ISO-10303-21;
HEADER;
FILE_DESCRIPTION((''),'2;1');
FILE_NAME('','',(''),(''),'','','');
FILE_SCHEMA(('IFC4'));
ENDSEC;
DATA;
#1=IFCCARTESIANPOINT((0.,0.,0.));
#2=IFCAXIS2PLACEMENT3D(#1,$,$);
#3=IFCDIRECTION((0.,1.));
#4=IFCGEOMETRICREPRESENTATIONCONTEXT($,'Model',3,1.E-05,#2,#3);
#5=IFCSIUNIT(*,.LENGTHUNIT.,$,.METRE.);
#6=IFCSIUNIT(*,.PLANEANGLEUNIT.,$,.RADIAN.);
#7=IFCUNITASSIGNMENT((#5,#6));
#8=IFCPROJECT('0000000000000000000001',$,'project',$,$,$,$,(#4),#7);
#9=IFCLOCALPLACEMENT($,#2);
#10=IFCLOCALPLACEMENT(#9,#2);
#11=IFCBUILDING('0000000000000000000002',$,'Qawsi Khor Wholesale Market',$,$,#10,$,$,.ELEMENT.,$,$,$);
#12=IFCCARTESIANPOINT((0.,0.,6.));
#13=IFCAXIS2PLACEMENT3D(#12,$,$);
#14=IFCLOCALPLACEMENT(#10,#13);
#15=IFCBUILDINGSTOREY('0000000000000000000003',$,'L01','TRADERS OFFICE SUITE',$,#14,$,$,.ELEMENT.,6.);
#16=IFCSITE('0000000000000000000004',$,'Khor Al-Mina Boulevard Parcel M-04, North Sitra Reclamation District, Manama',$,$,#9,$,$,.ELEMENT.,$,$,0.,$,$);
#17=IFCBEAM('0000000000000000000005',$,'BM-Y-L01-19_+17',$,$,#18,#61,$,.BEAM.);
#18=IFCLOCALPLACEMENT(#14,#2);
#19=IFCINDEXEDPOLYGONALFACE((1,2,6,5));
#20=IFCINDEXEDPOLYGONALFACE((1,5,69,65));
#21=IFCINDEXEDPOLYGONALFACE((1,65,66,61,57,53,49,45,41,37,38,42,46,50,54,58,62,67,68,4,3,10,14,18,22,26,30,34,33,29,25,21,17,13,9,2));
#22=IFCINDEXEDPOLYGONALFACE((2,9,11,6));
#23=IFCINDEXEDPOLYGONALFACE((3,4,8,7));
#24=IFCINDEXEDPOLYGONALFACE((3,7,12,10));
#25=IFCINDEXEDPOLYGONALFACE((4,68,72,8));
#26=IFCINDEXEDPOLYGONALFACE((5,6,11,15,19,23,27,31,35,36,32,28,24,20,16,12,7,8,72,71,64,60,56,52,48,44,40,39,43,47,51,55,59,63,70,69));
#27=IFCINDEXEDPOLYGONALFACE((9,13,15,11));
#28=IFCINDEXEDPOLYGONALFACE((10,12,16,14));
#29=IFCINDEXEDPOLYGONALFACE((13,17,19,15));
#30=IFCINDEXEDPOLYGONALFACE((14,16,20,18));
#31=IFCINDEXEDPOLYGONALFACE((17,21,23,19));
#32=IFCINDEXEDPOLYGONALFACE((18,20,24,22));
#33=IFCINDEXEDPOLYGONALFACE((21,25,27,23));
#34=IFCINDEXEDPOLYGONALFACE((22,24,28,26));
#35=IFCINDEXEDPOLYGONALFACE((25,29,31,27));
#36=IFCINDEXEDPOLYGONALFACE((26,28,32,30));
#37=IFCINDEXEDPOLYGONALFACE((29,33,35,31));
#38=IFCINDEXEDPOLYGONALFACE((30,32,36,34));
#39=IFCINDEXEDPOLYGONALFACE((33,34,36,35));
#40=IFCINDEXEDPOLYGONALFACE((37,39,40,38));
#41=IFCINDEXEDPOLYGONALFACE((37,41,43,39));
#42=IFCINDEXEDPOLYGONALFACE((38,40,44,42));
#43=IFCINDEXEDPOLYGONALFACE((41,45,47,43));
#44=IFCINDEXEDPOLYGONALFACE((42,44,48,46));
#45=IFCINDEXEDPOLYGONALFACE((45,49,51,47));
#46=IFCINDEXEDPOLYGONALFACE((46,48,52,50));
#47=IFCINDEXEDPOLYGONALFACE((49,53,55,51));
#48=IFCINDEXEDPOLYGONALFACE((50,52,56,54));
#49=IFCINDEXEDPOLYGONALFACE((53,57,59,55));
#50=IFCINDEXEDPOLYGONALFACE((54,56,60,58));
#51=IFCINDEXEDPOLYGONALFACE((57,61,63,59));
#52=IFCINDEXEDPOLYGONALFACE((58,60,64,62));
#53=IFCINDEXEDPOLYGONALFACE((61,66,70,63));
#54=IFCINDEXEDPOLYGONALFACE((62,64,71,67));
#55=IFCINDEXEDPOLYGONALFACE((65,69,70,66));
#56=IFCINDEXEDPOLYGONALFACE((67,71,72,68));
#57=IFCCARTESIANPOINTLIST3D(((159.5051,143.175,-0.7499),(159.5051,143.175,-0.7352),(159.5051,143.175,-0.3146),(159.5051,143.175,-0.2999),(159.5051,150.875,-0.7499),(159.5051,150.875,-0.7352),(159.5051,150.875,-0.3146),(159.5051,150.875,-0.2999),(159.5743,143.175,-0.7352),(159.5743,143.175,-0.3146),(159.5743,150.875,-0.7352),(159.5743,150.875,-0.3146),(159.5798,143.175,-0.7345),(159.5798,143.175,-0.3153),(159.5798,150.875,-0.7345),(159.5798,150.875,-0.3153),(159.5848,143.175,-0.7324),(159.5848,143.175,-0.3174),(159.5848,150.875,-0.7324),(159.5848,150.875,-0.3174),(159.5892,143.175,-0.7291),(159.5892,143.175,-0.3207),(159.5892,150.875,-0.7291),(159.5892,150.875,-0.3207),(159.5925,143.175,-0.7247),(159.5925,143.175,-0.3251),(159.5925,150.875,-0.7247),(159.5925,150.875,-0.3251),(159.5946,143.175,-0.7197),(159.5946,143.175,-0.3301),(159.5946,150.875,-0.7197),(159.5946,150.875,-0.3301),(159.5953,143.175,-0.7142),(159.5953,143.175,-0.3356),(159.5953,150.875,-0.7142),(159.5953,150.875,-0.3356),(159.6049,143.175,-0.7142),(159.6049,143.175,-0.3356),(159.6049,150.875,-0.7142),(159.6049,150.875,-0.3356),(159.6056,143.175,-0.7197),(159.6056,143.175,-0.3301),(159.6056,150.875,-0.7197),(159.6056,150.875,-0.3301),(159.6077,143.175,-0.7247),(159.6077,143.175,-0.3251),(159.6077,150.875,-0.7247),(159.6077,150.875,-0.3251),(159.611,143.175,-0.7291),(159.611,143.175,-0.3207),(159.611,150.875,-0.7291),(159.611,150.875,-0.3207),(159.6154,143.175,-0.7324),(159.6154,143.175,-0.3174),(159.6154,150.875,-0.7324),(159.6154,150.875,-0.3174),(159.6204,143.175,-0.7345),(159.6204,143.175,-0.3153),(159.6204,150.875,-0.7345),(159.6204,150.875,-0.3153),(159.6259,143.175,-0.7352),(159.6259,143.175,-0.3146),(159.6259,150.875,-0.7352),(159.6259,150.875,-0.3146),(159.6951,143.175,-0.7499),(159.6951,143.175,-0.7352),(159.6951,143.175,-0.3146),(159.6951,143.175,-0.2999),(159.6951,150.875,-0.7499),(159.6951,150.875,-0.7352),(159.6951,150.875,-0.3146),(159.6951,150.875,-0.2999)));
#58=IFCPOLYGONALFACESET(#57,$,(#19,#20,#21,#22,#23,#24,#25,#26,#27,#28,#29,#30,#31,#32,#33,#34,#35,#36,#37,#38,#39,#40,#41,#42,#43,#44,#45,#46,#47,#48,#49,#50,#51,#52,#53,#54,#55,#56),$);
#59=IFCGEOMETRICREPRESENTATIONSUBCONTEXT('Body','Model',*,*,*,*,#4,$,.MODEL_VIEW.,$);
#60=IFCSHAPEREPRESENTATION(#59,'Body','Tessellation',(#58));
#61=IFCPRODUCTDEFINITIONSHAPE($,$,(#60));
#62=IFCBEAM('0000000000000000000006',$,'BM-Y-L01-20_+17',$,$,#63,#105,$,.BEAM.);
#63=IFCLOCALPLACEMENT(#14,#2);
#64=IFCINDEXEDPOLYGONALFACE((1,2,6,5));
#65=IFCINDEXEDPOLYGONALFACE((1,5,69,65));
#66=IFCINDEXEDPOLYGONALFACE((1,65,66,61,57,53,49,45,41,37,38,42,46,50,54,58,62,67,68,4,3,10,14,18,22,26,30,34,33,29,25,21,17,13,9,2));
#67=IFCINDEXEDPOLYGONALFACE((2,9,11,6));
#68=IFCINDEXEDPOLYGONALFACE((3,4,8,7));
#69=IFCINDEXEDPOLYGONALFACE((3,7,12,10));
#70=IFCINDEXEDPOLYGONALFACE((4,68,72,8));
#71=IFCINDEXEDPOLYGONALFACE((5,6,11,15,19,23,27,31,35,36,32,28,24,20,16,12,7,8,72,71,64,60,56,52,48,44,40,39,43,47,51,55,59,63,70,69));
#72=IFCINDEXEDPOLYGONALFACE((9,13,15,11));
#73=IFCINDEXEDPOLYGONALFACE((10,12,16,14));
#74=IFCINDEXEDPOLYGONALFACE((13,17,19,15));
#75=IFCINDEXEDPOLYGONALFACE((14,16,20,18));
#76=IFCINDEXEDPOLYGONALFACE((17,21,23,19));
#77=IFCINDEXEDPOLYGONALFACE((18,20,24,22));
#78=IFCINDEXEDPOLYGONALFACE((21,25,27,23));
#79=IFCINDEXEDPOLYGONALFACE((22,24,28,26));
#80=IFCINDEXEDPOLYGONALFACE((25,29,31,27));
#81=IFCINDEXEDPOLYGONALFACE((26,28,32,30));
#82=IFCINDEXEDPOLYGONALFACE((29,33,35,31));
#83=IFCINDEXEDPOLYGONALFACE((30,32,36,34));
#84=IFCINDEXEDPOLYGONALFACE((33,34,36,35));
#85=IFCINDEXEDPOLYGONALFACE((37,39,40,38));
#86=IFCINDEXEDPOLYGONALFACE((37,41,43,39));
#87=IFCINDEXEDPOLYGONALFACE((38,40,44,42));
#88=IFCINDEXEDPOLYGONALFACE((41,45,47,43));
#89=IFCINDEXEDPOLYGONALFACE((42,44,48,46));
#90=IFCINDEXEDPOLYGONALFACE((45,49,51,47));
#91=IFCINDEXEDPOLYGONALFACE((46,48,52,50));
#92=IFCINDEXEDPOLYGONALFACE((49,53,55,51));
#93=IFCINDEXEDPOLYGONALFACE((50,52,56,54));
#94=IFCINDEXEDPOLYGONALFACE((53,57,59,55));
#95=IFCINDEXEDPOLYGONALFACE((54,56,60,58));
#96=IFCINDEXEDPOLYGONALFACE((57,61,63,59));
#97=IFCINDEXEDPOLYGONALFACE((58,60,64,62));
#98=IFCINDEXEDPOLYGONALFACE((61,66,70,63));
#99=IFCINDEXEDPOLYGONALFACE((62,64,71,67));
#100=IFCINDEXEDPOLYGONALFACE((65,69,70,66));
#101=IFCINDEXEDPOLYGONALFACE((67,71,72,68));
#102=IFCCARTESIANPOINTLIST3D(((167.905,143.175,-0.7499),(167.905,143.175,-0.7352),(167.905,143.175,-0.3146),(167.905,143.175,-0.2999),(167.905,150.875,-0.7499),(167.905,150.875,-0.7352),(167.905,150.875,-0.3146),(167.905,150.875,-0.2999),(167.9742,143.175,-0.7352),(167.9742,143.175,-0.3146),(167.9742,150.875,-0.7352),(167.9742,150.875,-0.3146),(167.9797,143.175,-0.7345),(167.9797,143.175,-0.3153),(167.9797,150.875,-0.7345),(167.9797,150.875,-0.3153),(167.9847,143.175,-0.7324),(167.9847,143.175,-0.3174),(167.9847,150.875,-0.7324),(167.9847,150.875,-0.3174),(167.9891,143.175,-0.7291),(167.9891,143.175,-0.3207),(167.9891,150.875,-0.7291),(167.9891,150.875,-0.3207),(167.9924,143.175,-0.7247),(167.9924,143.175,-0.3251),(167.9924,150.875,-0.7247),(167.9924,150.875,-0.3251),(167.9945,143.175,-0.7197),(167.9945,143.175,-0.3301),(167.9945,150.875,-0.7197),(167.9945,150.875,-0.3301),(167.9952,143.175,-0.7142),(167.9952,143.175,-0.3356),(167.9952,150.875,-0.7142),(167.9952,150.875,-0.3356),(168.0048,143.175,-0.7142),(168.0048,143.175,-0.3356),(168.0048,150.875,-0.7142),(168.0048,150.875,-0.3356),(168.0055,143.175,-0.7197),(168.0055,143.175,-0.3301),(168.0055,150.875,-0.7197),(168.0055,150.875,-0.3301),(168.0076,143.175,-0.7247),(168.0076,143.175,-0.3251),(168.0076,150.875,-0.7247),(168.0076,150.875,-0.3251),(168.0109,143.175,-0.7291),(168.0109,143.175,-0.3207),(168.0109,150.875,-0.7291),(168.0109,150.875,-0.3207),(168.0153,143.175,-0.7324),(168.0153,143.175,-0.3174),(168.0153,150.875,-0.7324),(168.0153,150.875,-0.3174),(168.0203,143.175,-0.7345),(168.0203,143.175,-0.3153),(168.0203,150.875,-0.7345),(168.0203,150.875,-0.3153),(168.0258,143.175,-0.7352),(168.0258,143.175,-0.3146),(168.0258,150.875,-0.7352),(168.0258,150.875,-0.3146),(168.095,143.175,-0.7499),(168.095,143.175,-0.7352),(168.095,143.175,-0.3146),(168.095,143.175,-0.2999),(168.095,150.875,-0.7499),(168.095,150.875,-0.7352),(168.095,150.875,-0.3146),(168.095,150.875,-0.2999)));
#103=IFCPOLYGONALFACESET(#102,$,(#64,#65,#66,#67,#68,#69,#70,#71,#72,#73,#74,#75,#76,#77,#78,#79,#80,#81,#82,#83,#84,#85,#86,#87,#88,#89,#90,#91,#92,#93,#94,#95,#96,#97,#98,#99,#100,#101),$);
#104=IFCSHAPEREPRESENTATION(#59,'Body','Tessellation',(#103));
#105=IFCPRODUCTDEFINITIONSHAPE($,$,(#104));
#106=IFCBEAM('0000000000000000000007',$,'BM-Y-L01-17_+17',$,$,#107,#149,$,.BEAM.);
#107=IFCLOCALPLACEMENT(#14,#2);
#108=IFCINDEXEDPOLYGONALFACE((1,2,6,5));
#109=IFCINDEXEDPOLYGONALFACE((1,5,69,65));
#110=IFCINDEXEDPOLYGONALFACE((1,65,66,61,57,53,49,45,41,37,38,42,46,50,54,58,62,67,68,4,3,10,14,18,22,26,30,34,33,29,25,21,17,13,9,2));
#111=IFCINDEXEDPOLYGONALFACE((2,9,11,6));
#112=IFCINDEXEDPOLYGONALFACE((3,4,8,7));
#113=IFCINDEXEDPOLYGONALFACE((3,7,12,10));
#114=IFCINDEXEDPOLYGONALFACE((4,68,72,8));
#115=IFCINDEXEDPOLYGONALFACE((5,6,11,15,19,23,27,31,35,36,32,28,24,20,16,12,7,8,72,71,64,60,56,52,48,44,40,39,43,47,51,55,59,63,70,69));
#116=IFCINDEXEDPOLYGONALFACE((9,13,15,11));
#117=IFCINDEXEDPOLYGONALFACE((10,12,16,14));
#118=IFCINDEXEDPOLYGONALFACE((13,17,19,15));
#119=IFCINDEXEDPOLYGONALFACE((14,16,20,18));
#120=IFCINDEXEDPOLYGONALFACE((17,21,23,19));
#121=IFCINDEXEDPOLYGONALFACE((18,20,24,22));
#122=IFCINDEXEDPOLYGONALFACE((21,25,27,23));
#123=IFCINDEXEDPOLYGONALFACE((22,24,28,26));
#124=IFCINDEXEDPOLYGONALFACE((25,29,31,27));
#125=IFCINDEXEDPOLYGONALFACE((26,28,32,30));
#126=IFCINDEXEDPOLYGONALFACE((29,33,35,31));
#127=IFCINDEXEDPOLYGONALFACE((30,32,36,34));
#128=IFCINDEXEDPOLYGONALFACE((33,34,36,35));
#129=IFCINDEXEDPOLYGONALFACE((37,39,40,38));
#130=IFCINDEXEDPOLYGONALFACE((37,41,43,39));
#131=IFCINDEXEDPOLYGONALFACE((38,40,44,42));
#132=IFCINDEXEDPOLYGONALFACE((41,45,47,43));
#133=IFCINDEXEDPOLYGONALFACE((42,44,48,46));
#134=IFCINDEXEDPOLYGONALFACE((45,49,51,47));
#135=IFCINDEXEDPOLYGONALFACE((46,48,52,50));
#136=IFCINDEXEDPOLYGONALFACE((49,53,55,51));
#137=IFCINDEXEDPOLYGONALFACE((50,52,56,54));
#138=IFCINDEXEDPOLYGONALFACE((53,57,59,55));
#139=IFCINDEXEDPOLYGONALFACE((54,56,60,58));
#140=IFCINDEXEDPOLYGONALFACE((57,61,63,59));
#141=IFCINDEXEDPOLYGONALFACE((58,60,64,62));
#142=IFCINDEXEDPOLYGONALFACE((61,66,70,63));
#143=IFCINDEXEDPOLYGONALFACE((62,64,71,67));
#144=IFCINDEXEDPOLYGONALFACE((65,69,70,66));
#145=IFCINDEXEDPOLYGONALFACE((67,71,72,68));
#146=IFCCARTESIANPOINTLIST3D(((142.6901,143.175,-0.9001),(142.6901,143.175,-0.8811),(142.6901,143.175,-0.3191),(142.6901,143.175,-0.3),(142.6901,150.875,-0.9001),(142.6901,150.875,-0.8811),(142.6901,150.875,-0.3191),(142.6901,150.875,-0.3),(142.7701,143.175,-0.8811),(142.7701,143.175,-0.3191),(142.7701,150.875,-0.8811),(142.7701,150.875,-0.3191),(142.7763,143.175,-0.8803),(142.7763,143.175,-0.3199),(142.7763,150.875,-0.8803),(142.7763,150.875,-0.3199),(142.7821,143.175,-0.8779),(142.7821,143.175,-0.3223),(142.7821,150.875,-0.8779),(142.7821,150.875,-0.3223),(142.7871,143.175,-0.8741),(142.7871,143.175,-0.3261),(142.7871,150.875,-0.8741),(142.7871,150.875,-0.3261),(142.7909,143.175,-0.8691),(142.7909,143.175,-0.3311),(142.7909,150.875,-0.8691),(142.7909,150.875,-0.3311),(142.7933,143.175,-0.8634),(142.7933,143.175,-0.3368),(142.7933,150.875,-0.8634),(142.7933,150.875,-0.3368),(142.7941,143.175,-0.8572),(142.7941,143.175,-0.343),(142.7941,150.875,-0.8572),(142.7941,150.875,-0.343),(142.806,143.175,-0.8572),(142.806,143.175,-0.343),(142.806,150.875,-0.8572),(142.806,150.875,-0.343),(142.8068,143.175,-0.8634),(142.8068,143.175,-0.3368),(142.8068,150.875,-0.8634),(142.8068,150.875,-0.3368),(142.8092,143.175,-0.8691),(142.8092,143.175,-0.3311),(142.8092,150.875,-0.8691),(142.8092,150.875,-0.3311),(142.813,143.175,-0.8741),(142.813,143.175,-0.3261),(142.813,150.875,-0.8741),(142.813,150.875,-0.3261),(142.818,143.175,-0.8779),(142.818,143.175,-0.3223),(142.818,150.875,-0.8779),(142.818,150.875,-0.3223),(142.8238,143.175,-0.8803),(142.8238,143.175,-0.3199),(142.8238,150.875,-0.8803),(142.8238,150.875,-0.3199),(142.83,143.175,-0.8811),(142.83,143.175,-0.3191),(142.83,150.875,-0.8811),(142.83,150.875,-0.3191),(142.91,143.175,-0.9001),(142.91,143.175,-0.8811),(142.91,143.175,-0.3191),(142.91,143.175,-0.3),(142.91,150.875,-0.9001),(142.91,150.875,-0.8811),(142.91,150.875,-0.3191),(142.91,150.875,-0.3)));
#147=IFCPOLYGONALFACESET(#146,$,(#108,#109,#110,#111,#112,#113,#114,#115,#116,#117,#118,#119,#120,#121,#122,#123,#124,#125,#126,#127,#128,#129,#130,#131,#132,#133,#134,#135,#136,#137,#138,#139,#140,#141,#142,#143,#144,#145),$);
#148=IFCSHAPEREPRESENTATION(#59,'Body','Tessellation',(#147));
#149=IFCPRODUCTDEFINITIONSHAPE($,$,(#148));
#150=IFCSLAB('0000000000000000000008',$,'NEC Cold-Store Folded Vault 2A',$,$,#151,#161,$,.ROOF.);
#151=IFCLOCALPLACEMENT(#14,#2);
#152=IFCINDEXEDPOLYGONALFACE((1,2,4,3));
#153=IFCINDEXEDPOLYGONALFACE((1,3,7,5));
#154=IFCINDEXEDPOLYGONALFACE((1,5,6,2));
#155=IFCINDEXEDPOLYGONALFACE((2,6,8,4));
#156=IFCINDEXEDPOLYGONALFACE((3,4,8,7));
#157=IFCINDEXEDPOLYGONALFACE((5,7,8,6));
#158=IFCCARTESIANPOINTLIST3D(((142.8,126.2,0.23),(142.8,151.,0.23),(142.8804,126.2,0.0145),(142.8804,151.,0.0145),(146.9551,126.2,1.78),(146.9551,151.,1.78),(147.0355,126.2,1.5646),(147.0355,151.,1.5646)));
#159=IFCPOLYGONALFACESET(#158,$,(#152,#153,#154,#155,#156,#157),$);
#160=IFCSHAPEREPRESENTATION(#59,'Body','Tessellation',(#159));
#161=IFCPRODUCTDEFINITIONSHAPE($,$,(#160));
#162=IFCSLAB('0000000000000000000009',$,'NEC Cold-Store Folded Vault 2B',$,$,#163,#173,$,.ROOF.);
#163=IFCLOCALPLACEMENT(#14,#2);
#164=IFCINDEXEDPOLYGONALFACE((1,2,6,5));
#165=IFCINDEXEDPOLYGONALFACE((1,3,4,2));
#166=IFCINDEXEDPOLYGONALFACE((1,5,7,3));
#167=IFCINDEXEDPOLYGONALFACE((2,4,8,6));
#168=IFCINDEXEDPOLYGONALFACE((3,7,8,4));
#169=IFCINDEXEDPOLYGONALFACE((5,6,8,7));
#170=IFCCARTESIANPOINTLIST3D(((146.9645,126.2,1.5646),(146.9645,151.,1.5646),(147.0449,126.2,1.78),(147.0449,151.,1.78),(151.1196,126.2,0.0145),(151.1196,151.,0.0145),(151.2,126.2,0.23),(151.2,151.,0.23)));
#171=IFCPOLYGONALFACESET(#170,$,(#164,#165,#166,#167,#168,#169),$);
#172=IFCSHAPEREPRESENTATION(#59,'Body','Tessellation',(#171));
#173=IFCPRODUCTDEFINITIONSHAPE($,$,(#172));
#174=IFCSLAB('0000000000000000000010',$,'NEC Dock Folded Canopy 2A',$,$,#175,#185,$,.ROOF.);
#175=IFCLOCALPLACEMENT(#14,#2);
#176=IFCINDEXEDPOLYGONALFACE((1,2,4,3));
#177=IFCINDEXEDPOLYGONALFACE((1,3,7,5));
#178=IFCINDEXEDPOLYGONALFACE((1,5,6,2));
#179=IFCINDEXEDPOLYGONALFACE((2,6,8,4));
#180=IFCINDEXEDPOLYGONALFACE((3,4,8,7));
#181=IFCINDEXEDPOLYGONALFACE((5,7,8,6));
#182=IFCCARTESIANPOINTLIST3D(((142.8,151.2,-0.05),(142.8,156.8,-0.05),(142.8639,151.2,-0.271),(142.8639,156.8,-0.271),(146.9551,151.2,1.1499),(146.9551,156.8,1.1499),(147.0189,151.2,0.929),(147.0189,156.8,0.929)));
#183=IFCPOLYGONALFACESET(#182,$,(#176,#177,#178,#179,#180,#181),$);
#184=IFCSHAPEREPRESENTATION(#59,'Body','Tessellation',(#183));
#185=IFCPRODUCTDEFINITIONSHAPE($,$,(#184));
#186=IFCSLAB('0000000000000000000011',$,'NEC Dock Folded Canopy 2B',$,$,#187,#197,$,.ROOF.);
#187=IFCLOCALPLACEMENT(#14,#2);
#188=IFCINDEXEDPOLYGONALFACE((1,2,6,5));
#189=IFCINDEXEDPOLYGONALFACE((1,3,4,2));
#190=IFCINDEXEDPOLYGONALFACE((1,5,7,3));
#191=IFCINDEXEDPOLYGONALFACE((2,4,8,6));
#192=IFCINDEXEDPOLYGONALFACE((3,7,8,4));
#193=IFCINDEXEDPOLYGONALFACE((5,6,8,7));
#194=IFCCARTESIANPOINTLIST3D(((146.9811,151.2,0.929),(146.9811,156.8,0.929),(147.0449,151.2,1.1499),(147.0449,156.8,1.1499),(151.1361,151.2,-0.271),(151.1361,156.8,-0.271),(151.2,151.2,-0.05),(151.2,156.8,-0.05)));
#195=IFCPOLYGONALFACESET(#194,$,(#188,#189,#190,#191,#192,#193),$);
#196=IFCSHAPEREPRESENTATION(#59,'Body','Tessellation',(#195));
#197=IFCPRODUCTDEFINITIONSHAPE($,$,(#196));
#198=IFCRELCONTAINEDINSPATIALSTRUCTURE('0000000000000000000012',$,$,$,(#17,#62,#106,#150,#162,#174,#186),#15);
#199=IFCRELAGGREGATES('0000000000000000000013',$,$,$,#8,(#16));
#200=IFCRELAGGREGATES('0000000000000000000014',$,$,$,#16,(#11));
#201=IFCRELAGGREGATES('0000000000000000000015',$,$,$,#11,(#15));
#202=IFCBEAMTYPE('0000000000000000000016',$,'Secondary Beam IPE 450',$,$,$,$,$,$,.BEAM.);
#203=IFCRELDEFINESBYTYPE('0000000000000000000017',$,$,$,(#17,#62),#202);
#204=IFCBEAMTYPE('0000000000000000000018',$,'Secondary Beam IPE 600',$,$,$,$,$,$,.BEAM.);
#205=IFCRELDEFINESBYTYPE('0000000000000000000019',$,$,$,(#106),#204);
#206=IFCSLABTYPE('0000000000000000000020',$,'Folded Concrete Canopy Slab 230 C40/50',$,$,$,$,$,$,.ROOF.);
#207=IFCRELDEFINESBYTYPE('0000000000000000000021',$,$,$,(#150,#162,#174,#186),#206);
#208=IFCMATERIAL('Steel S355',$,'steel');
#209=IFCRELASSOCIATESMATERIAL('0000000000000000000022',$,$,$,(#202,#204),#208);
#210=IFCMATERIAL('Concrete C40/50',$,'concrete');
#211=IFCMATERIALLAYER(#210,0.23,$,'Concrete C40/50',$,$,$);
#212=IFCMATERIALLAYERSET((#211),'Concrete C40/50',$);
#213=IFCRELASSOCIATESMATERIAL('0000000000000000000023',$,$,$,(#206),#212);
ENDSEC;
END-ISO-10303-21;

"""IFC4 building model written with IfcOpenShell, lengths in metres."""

from ifc_helpers import new_model, si_unit, direction, frame, origin, origin_2d, place, context, subcontext, project, spatial, polyline, i_section, outline, extrude, material, layer, layer_set, material_profile, profile_set, type_object, element, save


model = new_model("IFC4")

# Units and contexts
model_context = context("Model", 3, precision=1e-05, world=origin(), true_north=direction((0.0, 1.0)))
body_context = subcontext(model_context, "Body", "Model", "MODEL_VIEW")
ifc_project = project(units=[si_unit("LENGTHUNIT", "METRE"), si_unit("PLANEANGLEUNIT", "RADIAN")], contexts=[model_context])

# Site, building, storey
site_placement = place(None, origin())
site = spatial("IfcSite", under=ifc_project, at=site_placement, Name="Khor Al-Mina Boulevard Parcel M-04, North Sitra Reclamation District, Manama", CompositionType="ELEMENT", RefElevation=0.0)
building_placement = place(site_placement, origin())
building = spatial("IfcBuilding", under=site, at=building_placement, Name="Qawsi Khor Wholesale Market", CompositionType="ELEMENT")
storey_placement = place(building_placement, frame((0.0, 0.0, 6.0)))
storey = spatial("IfcBuildingStorey", under=building, at=storey_placement, Name="L01", Description="TRADERS OFFICE SUITE", CompositionType="ELEMENT", Elevation=6.0)

# Beams
ifc_material_1 = material(Name="Steel S355", Category="steel")
ifc_material_profile_1 = material_profile(ifc_material_1, i_section(OverallWidth=0.1899, OverallDepth=0.45, WebThickness=0.0095, FlangeThickness=0.0146, FilletRadius=0.021, at=origin_2d()), Name="IPE 450")
ifc_profile_set_1 = profile_set([ifc_material_profile_1], Name="Steel S355")
beam_type_1 = type_object("IfcBeamType", Name="Secondary Beam IPE 450", PredefinedType="BEAM", material=ifc_profile_set_1)
for number, where, z_axis, x_axis, name in (
    (1, (159.6001, 143.175, -0.5249), (0.0, 1.0, 0.0), (-1.0, 0.0, 0.0), "BM-Y-L01-19_+17"),
    (2, (168.0, 143.175, -0.5249), (0.0, 1.0, 0.0), (-1.0, 0.0, 0.0), "BM-Y-L01-20_+17"),
):
    element("IfcBeam", number, at=place(storey_placement, frame(where, z_axis=z_axis, x_axis=x_axis)), inside=storey, type_object=beam_type_1, Name=name, PredefinedType="BEAM", context=body_context, shape_type="SweptSolid", body=[
        extrude(i_section(OverallWidth=0.1899, OverallDepth=0.45, WebThickness=0.0095, FlangeThickness=0.0146, FilletRadius=0.021, at=origin_2d()), origin(), (0.0, 0.0, 1.0), 7.7),
    ])
ifc_material_profile_2 = material_profile(ifc_material_1, i_section(OverallWidth=0.22, OverallDepth=0.6001, WebThickness=0.012, FlangeThickness=0.019, FilletRadius=0.0239, at=origin_2d()), Name="IPE 600")
ifc_profile_set_2 = profile_set([ifc_material_profile_2], Name="Steel S355")
beam_type_2 = type_object("IfcBeamType", Name="Secondary Beam IPE 600", PredefinedType="BEAM", material=ifc_profile_set_2)
beam_1_placement = place(storey_placement, frame((142.8, 143.175, -0.6001), z_axis=(0.0, 1.0, 0.0), x_axis=(-1.0, 0.0, 0.0)))
element("IfcBeam", 3, at=beam_1_placement, inside=storey, type_object=beam_type_2, Name="BM-Y-L01-17_+17", PredefinedType="BEAM", context=body_context, shape_type="SweptSolid", body=[
    extrude(i_section(OverallWidth=0.22, OverallDepth=0.6001, WebThickness=0.012, FlangeThickness=0.019, FilletRadius=0.0239, at=origin_2d()), origin(), (0.0, 0.0, 1.0), 7.7),
])

# Slabs
ifc_material_2 = material(Name="Concrete C40/50", Category="concrete")
ifc_layer = layer(ifc_material_2, 0.23, Name="Concrete C40/50")
ifc_layer_set = layer_set([ifc_layer], Name="Concrete C40/50")
slab_type = type_object("IfcSlabType", Name="Folded Concrete Canopy Slab 230 C40/50", PredefinedType="ROOF", material=ifc_layer_set)
for number, where, z_axis, x_axis, name in (
    (4, (142.8, 126.2, 0.23), (-0.349524, 0.0, 0.936927), (0.936927, 0.0, 0.349524), "NEC Cold-Store Folded Vault 2A"),
    (5, (147.0449, 126.2, 1.78), (0.349524, 0.0, 0.936927), (0.936927, 0.0, -0.349524), "NEC Cold-Store Folded Vault 2B"),
):
    element("IfcSlab", number, at=place(storey_placement, frame(where, z_axis=z_axis, x_axis=x_axis)), inside=storey, type_object=slab_type, Name=name, PredefinedType="ROOF", context=body_context, shape_type="SweptSolid", body=[
        extrude(outline(polyline([(0.0, 0.0), (4.4347, 0.0), (4.4347, 24.8), (0.0, 24.8), (0.0, 0.0)])), origin(), (0.0, 0.0, -1.0), 0.23),
    ])
for number, where, z_axis, x_axis, name in (
    (6, (142.8, 151.2, -0.05), (-0.277456, 0.0, 0.960738), (0.960738, 0.0, 0.277456), "NEC Dock Folded Canopy 2A"),
    (7, (147.0449, 151.2, 1.1499), (0.277456, 0.0, 0.960738), (0.960738, 0.0, -0.277456), "NEC Dock Folded Canopy 2B"),
):
    element("IfcSlab", number, at=place(storey_placement, frame(where, z_axis=z_axis, x_axis=x_axis)), inside=storey, type_object=slab_type, Name=name, PredefinedType="ROOF", context=body_context, shape_type="SweptSolid", body=[
        extrude(outline(polyline([(0.0, 0.0), (4.3248, 0.0), (4.3248, 5.6001), (0.0, 5.6001), (0.0, 0.0)])), origin(), (0.0, 0.0, -1.0), 0.23),
    ])

save(model, "model.ifc")
